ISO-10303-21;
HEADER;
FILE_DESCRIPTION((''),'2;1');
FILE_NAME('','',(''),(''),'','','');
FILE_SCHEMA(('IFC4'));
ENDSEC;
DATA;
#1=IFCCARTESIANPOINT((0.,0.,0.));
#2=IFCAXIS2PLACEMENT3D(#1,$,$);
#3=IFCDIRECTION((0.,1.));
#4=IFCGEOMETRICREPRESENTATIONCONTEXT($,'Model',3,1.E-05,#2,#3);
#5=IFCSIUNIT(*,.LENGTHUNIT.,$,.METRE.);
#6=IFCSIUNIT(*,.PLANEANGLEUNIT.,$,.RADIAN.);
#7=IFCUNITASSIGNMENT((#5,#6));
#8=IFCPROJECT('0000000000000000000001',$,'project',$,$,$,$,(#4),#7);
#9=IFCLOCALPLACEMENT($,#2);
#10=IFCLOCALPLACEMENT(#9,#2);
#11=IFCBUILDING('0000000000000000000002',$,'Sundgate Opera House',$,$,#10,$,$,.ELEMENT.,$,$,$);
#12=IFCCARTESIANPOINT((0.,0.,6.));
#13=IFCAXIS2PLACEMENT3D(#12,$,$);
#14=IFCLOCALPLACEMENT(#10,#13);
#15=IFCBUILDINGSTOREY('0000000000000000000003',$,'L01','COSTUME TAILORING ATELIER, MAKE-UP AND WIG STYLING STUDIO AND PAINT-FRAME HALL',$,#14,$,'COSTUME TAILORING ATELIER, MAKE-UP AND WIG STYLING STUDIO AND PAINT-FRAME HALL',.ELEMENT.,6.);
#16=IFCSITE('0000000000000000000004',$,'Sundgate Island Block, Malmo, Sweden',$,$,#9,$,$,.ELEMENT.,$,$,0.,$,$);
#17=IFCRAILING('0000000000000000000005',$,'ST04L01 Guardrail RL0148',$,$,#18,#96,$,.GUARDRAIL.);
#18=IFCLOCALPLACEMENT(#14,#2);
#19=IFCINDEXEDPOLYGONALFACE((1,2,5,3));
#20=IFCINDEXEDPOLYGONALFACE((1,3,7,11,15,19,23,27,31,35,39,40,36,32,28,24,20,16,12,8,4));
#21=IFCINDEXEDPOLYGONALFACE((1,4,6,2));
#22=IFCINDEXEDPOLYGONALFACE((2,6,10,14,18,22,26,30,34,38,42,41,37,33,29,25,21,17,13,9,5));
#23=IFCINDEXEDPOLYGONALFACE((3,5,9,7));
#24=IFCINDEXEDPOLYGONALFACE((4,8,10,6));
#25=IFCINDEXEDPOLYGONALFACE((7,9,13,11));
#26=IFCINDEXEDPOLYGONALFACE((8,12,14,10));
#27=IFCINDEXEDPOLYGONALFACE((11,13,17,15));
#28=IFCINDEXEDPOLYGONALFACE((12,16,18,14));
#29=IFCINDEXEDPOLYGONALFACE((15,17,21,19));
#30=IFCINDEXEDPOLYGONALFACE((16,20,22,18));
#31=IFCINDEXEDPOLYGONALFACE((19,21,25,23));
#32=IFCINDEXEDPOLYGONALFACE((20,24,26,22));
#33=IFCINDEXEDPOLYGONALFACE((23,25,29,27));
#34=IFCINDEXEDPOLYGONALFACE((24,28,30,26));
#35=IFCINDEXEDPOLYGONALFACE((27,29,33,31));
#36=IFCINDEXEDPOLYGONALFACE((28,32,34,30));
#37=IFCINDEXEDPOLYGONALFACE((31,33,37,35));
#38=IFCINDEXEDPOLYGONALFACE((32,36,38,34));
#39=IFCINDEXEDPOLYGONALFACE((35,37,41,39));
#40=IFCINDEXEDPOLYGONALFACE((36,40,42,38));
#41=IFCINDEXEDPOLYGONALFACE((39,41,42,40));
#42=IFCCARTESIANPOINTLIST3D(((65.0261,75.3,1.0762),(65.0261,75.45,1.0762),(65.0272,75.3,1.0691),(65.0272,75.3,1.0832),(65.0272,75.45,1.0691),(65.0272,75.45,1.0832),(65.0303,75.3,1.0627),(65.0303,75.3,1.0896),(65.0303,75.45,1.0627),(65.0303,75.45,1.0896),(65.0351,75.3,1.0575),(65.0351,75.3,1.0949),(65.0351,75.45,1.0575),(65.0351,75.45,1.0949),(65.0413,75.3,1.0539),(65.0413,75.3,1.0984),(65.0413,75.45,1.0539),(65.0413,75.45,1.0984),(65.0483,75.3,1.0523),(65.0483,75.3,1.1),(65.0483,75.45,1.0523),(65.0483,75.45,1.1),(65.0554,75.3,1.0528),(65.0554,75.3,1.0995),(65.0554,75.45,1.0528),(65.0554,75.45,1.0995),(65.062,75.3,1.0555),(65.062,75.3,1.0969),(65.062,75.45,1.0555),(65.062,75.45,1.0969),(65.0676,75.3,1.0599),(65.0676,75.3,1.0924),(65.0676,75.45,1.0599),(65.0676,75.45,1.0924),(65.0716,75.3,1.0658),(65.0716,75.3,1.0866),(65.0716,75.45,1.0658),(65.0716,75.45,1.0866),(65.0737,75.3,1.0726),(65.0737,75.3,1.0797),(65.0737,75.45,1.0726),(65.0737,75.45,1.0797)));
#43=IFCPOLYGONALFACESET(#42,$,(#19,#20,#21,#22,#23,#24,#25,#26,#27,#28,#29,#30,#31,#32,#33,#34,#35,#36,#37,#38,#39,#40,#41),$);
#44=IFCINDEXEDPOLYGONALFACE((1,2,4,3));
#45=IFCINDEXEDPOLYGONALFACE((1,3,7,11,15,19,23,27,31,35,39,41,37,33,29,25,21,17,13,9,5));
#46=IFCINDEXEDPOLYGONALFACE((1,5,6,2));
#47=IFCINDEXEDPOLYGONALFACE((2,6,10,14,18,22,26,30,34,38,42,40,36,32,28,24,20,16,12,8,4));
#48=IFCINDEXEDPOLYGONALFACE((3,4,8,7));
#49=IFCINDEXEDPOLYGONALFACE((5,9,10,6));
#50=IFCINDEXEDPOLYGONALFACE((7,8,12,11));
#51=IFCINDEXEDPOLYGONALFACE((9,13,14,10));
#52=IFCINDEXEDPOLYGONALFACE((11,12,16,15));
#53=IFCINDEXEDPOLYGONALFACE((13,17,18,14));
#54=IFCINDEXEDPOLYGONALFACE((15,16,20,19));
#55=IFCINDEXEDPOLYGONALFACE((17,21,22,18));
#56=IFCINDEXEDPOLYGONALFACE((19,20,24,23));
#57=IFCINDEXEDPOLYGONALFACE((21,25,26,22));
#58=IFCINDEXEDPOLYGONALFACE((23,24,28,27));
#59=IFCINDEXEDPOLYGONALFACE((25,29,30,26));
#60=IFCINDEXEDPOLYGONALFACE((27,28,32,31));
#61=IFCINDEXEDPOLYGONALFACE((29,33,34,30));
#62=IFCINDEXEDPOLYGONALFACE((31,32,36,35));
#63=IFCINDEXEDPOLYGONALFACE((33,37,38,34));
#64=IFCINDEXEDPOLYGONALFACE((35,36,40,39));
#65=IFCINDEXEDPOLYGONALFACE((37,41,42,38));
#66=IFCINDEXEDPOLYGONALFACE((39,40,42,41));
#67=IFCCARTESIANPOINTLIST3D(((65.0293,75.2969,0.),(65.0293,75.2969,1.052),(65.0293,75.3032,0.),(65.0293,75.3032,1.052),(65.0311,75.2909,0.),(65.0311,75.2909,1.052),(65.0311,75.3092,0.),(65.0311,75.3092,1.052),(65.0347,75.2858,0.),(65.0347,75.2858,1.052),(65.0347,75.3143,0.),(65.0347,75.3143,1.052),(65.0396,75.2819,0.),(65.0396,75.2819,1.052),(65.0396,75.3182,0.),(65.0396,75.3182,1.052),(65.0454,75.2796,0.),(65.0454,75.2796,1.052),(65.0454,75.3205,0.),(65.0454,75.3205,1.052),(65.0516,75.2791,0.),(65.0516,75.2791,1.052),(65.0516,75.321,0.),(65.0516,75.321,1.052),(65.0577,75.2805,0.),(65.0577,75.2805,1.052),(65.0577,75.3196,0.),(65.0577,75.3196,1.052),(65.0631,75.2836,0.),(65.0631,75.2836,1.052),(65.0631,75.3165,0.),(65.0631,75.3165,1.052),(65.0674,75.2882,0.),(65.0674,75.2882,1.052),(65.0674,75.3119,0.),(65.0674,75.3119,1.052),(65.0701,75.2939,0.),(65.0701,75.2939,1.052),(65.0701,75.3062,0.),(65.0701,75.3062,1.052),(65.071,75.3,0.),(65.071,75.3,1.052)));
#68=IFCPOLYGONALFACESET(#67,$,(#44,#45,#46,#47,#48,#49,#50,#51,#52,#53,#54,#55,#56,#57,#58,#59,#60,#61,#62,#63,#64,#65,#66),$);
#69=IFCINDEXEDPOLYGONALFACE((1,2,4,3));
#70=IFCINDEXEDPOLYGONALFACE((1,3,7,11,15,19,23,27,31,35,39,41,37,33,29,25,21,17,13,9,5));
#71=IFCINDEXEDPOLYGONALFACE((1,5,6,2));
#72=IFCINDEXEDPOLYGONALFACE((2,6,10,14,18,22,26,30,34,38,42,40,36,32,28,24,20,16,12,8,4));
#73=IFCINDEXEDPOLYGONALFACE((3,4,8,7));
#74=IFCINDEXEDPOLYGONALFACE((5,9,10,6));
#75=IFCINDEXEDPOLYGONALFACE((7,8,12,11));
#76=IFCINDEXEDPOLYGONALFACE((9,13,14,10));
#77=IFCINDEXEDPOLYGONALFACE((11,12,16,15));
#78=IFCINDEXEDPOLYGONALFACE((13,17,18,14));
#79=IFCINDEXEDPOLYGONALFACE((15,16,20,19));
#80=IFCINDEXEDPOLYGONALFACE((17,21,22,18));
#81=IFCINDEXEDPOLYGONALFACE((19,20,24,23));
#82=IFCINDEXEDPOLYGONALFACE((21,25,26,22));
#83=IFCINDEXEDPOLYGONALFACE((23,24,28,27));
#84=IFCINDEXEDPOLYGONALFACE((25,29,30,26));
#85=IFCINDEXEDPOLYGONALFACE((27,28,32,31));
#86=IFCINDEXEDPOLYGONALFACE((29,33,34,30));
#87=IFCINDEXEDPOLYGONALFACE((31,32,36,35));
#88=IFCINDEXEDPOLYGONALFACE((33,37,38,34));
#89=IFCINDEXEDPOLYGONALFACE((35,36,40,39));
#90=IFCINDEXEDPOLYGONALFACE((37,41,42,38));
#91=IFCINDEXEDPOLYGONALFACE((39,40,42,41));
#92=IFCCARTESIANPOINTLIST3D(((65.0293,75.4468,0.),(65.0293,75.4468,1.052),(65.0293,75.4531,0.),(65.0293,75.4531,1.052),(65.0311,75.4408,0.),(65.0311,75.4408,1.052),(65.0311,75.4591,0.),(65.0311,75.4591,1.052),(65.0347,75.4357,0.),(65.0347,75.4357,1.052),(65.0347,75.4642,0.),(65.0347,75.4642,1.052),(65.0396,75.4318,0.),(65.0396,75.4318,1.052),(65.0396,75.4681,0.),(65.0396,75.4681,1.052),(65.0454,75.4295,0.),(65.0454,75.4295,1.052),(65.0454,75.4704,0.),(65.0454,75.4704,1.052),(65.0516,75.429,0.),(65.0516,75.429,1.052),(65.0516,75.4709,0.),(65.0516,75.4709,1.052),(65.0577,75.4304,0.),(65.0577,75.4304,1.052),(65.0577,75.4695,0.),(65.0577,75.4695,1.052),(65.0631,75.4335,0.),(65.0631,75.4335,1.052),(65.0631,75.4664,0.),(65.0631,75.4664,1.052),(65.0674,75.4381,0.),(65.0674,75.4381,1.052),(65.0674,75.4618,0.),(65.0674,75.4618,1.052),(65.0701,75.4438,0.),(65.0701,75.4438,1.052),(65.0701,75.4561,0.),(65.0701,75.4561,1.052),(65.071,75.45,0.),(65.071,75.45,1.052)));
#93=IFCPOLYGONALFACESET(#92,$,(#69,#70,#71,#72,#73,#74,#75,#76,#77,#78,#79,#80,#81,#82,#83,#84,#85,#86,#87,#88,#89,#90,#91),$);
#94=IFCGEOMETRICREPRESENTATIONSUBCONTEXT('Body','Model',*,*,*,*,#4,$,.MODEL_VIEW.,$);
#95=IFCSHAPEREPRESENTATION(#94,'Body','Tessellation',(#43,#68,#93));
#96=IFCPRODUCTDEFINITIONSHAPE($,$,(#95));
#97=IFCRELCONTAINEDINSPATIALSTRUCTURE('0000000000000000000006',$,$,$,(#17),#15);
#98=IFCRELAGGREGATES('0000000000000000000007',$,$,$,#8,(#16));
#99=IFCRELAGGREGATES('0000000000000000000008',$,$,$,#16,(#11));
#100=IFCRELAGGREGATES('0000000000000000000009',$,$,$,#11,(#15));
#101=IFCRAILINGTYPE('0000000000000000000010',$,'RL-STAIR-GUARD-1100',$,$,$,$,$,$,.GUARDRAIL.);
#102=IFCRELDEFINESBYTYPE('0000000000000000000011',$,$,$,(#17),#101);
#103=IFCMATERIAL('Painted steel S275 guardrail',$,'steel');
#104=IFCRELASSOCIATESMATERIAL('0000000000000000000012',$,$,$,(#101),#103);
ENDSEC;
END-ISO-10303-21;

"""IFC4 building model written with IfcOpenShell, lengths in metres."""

from ifc_helpers import new_model, si_unit, direction, frame, origin, origin_2d, place, context, subcontext, project, spatial, circle, extrude, material, type_object, element, save


model = new_model("IFC4")

# Units and contexts
model_context = context("Model", 3, precision=1e-05, world=origin(), true_north=direction((0.0, 1.0)))
body_context = subcontext(model_context, "Body", "Model", "MODEL_VIEW")
ifc_project = project(units=[si_unit("LENGTHUNIT", "METRE"), si_unit("PLANEANGLEUNIT", "RADIAN")], contexts=[model_context])

# Site, building, storey
site_placement = place(None, origin())
site = spatial("IfcSite", under=ifc_project, at=site_placement, Name="Sundgate Island Block, Malmo, Sweden", CompositionType="ELEMENT", RefElevation=0.0)
building_placement = place(site_placement, origin())
building = spatial("IfcBuilding", under=site, at=building_placement, Name="Sundgate Opera House", CompositionType="ELEMENT")
storey_placement = place(building_placement, frame((0.0, 0.0, 6.0)))
storey = spatial("IfcBuildingStorey", under=building, at=storey_placement, Name="L01", Description="COSTUME TAILORING ATELIER, MAKE-UP AND WIG STYLING STUDIO AND PAINT-FRAME HALL", LongName="COSTUME TAILORING ATELIER, MAKE-UP AND WIG STYLING STUDIO AND PAINT-FRAME HALL", CompositionType="ELEMENT", Elevation=6.0)

# Railing
ifc_material_1 = material(Name="Painted steel S275 guardrail", Category="steel")
railing_type_1 = type_object("IfcRailingType", Name="RL-STAIR-GUARD-1100", PredefinedType="GUARDRAIL", material=ifc_material_1)
railing_1_placement = place(storey_placement, frame((65.05, 75.3, 0.0)))
element("IfcRailing", 1, at=railing_1_placement, inside=storey, type_object=railing_type_1, Name="ST04L01 Guardrail RL0148", PredefinedType="GUARDRAIL", context=body_context, shape_type="SweptSolid", body=[
    extrude(circle(Radius=0.0239, at=origin_2d()), frame((0.0, 0.0, 1.0762), z_axis=(0.0, 1.0, 0.0), x_axis=(-1.0, 0.0, 0.0)), (0.0, 0.0, 1.0), 0.1499),
    extrude(circle(Radius=0.021, at=origin_2d()), origin(), (0.0, 0.0, 1.0), 1.052),
    extrude(circle(Radius=0.021, at=origin_2d()), frame((0.0, 0.1499, 0.0)), (0.0, 0.0, 1.0), 1.052),
])

save(model, "model.ifc")
